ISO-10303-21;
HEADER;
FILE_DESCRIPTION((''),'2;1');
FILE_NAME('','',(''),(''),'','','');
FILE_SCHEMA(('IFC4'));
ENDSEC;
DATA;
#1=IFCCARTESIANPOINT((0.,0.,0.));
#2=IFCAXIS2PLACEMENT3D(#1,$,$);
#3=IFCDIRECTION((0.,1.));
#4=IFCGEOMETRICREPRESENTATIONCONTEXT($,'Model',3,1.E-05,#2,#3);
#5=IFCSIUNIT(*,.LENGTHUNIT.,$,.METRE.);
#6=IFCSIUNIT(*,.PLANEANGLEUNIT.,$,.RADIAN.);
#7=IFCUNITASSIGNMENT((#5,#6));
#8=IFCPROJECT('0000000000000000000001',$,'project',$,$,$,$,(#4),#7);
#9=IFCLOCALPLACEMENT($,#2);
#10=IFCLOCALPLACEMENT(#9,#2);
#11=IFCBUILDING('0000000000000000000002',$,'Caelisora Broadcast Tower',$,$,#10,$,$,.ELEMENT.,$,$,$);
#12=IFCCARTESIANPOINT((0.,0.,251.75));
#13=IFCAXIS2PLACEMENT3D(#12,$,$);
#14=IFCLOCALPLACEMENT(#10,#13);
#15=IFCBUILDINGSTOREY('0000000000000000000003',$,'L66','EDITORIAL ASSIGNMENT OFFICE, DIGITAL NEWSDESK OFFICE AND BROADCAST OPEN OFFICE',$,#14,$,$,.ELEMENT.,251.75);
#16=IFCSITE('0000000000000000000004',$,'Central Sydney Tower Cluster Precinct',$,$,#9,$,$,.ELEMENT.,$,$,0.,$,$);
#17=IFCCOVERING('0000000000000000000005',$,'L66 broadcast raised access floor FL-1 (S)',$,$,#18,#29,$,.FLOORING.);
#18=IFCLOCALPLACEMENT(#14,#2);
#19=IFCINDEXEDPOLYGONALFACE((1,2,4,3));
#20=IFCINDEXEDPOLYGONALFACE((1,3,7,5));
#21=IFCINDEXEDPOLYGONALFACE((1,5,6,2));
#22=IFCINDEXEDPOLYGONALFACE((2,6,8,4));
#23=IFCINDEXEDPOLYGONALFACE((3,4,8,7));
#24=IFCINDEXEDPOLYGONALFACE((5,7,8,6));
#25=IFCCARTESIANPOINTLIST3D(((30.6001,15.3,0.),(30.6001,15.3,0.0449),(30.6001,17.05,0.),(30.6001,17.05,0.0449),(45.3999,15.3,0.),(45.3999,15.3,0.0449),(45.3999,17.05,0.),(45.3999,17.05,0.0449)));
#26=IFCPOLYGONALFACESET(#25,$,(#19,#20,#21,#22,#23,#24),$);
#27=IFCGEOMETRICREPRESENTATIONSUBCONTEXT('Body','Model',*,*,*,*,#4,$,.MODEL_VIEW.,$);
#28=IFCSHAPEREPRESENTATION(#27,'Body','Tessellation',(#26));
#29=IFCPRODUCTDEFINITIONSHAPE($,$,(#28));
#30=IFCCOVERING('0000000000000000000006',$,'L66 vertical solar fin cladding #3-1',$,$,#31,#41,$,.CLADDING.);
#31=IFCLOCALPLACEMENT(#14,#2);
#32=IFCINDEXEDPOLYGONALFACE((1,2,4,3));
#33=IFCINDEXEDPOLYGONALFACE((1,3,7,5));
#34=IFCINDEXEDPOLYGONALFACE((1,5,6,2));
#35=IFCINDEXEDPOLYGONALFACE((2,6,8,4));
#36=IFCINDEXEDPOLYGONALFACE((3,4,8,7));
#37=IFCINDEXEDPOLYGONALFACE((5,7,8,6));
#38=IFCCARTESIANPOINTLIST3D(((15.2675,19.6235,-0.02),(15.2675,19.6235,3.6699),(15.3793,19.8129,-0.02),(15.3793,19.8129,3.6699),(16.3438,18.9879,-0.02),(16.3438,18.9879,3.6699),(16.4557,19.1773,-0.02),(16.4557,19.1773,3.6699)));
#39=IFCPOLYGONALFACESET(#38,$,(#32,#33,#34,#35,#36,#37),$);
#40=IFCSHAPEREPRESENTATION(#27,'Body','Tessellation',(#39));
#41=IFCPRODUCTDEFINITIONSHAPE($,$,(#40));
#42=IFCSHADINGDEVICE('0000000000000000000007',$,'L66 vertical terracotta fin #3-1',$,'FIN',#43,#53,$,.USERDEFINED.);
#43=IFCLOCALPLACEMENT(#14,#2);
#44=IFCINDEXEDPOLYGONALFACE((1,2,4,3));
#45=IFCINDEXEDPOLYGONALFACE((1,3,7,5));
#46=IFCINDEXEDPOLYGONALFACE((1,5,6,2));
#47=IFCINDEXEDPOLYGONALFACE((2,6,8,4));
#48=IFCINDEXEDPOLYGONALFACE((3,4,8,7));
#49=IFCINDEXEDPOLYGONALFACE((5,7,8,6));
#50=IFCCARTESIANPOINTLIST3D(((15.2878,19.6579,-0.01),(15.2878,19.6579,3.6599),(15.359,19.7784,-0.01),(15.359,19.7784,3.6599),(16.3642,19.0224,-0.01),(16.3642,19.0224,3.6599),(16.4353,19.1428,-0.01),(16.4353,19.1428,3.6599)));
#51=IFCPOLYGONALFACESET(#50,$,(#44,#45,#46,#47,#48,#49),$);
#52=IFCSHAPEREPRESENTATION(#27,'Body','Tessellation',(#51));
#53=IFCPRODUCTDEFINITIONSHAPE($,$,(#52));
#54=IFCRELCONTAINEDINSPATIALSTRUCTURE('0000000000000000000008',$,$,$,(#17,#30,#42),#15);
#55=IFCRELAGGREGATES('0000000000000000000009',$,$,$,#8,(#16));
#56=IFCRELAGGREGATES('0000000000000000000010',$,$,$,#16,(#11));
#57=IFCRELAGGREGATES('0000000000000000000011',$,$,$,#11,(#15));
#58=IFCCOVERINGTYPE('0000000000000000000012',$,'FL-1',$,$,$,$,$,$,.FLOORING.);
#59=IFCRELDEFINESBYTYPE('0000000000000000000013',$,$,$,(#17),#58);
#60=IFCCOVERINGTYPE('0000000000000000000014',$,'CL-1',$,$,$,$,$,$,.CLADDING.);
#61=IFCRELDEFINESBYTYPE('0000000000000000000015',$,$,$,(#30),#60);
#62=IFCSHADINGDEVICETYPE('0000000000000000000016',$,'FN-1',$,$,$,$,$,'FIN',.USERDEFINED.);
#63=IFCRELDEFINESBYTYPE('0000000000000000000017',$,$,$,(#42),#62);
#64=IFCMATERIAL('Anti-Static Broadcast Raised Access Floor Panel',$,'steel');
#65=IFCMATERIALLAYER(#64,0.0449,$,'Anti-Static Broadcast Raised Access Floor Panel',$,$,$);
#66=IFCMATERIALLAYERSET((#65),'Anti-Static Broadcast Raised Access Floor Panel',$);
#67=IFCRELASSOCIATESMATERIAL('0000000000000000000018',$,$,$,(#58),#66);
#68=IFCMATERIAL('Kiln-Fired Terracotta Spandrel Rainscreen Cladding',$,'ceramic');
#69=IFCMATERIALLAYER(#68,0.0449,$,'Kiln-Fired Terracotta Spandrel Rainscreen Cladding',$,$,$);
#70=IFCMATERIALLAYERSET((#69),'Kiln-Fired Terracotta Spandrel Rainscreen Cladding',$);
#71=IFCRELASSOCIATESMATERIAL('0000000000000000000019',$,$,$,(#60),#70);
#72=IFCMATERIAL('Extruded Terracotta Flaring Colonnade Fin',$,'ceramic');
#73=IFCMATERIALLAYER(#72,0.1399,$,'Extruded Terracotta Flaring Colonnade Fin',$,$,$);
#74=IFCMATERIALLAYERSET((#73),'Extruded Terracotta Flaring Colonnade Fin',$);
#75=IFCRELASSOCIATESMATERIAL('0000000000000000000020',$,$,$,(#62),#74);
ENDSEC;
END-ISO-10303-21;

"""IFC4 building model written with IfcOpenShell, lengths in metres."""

from ifc_helpers import new_model, si_unit, direction, frame, origin, origin_2d, place, context, subcontext, project, spatial, polyline, rectangle, outline, extrude, source, transform, mapped, material, layer, layer_set, type_object, type_shapes, element, save


model = new_model("IFC4")

# Units and contexts
model_context = context("Model", 3, precision=1e-05, world=origin(), true_north=direction((0.0, 1.0)))
body_context = subcontext(model_context, "Body", "Model", "MODEL_VIEW")
ifc_project = project(units=[si_unit("LENGTHUNIT", "METRE"), si_unit("PLANEANGLEUNIT", "RADIAN")], contexts=[model_context])

# Site, building, storey
site_placement = place(None, origin())
site = spatial("IfcSite", under=ifc_project, at=site_placement, Name="Central Sydney Tower Cluster Precinct", CompositionType="ELEMENT", RefElevation=0.0)
building_placement = place(site_placement, origin())
building = spatial("IfcBuilding", under=site, at=building_placement, Name="Caelisora Broadcast Tower", CompositionType="ELEMENT")
storey_placement = place(building_placement, frame((0.0, 0.0, 251.75)))
storey = spatial("IfcBuildingStorey", under=building, at=storey_placement, Name="L66", Description="EDITORIAL ASSIGNMENT OFFICE, DIGITAL NEWSDESK OFFICE AND BROADCAST OPEN OFFICE", CompositionType="ELEMENT", Elevation=251.75)

# Coverings
ifc_material_1 = material(Name="Anti-Static Broadcast Raised Access Floor Panel", Category="steel")
ifc_layer_1 = layer(ifc_material_1, 0.0449, Name="Anti-Static Broadcast Raised Access Floor Panel")
ifc_layer_set_1 = layer_set([ifc_layer_1], Name="Anti-Static Broadcast Raised Access Floor Panel")
covering_type_1 = type_object("IfcCoveringType", Name="FL-1", PredefinedType="FLOORING", material=ifc_layer_set_1)
covering_1_placement = place(storey_placement, origin())
element("IfcCovering", 1, at=covering_1_placement, inside=storey, type_object=covering_type_1, Name="L66 broadcast raised access floor FL-1 (S)", PredefinedType="FLOORING", context=body_context, shape_type="SweptSolid", body=[
    extrude(outline(polyline([(30.6001, 15.3), (45.3999, 15.3), (45.3999, 17.05), (30.6001, 17.05), (30.6001, 15.3)])), origin(), (0.0, 0.0, 1.0), 0.0449),
])
ifc_material_2 = material(Name="Kiln-Fired Terracotta Spandrel Rainscreen Cladding", Category="ceramic")
ifc_layer_2 = layer(ifc_material_2, 0.0449, Name="Kiln-Fired Terracotta Spandrel Rainscreen Cladding")
ifc_layer_set_2 = layer_set([ifc_layer_2], Name="Kiln-Fired Terracotta Spandrel Rainscreen Cladding")
covering_type_2 = type_object("IfcCoveringType", Name="CL-1", PredefinedType="CLADDING", material=ifc_layer_set_2)
shared_shape_1 = source(origin(), body_context, "Body", "SweptSolid", [
    extrude(rectangle(XDim=0.22, YDim=1.25, at=origin_2d()), origin(), (0.0, 0.0, 1.0), 3.6899),
])
type_shapes(covering_type_2, [shared_shape_1])
covering_2_placement = place(storey_placement, frame((15.8616, 19.4004, -0.02), z_axis=(0.0, 0.0, 1.0), x_axis=(0.50844, 0.861097, 0.0)))
element("IfcCovering", 2, at=covering_2_placement, inside=storey, type_object=covering_type_2, Name="L66 vertical solar fin cladding #3-1", PredefinedType="CLADDING", context=body_context, shape_type="MappedRepresentation", body=[
    mapped(shared_shape_1, transform((0.0, 0.0, 0.0), scale=1.0)),
])

# Shading device
ifc_material_3 = material(Name="Extruded Terracotta Flaring Colonnade Fin", Category="ceramic")
ifc_layer_3 = layer(ifc_material_3, 0.1399, Name="Extruded Terracotta Flaring Colonnade Fin")
ifc_layer_set_3 = layer_set([ifc_layer_3], Name="Extruded Terracotta Flaring Colonnade Fin")
shading_device_type = type_object("IfcShadingDeviceType", Name="FN-1", ElementType="FIN", PredefinedType="USERDEFINED", material=ifc_layer_set_3)
shared_shape_2 = source(origin(), body_context, "Body", "SweptSolid", [
    extrude(rectangle(XDim=0.1399, YDim=1.25, at=origin_2d()), origin(), (0.0, 0.0, 1.0), 3.6699),
])
type_shapes(shading_device_type, [shared_shape_2])
shading_device_placement = place(storey_placement, frame((15.8616, 19.4004, -0.01), z_axis=(0.0, 0.0, 1.0), x_axis=(0.50844, 0.861097, 0.0)))
element("IfcShadingDevice", 3, at=shading_device_placement, inside=storey, type_object=shading_device_type, Name="L66 vertical terracotta fin #3-1", ObjectType="FIN", PredefinedType="USERDEFINED", context=body_context, shape_type="MappedRepresentation", body=[
    mapped(shared_shape_2, transform((0.0, 0.0, 0.0), scale=1.0)),
])

save(model, "model.ifc")
